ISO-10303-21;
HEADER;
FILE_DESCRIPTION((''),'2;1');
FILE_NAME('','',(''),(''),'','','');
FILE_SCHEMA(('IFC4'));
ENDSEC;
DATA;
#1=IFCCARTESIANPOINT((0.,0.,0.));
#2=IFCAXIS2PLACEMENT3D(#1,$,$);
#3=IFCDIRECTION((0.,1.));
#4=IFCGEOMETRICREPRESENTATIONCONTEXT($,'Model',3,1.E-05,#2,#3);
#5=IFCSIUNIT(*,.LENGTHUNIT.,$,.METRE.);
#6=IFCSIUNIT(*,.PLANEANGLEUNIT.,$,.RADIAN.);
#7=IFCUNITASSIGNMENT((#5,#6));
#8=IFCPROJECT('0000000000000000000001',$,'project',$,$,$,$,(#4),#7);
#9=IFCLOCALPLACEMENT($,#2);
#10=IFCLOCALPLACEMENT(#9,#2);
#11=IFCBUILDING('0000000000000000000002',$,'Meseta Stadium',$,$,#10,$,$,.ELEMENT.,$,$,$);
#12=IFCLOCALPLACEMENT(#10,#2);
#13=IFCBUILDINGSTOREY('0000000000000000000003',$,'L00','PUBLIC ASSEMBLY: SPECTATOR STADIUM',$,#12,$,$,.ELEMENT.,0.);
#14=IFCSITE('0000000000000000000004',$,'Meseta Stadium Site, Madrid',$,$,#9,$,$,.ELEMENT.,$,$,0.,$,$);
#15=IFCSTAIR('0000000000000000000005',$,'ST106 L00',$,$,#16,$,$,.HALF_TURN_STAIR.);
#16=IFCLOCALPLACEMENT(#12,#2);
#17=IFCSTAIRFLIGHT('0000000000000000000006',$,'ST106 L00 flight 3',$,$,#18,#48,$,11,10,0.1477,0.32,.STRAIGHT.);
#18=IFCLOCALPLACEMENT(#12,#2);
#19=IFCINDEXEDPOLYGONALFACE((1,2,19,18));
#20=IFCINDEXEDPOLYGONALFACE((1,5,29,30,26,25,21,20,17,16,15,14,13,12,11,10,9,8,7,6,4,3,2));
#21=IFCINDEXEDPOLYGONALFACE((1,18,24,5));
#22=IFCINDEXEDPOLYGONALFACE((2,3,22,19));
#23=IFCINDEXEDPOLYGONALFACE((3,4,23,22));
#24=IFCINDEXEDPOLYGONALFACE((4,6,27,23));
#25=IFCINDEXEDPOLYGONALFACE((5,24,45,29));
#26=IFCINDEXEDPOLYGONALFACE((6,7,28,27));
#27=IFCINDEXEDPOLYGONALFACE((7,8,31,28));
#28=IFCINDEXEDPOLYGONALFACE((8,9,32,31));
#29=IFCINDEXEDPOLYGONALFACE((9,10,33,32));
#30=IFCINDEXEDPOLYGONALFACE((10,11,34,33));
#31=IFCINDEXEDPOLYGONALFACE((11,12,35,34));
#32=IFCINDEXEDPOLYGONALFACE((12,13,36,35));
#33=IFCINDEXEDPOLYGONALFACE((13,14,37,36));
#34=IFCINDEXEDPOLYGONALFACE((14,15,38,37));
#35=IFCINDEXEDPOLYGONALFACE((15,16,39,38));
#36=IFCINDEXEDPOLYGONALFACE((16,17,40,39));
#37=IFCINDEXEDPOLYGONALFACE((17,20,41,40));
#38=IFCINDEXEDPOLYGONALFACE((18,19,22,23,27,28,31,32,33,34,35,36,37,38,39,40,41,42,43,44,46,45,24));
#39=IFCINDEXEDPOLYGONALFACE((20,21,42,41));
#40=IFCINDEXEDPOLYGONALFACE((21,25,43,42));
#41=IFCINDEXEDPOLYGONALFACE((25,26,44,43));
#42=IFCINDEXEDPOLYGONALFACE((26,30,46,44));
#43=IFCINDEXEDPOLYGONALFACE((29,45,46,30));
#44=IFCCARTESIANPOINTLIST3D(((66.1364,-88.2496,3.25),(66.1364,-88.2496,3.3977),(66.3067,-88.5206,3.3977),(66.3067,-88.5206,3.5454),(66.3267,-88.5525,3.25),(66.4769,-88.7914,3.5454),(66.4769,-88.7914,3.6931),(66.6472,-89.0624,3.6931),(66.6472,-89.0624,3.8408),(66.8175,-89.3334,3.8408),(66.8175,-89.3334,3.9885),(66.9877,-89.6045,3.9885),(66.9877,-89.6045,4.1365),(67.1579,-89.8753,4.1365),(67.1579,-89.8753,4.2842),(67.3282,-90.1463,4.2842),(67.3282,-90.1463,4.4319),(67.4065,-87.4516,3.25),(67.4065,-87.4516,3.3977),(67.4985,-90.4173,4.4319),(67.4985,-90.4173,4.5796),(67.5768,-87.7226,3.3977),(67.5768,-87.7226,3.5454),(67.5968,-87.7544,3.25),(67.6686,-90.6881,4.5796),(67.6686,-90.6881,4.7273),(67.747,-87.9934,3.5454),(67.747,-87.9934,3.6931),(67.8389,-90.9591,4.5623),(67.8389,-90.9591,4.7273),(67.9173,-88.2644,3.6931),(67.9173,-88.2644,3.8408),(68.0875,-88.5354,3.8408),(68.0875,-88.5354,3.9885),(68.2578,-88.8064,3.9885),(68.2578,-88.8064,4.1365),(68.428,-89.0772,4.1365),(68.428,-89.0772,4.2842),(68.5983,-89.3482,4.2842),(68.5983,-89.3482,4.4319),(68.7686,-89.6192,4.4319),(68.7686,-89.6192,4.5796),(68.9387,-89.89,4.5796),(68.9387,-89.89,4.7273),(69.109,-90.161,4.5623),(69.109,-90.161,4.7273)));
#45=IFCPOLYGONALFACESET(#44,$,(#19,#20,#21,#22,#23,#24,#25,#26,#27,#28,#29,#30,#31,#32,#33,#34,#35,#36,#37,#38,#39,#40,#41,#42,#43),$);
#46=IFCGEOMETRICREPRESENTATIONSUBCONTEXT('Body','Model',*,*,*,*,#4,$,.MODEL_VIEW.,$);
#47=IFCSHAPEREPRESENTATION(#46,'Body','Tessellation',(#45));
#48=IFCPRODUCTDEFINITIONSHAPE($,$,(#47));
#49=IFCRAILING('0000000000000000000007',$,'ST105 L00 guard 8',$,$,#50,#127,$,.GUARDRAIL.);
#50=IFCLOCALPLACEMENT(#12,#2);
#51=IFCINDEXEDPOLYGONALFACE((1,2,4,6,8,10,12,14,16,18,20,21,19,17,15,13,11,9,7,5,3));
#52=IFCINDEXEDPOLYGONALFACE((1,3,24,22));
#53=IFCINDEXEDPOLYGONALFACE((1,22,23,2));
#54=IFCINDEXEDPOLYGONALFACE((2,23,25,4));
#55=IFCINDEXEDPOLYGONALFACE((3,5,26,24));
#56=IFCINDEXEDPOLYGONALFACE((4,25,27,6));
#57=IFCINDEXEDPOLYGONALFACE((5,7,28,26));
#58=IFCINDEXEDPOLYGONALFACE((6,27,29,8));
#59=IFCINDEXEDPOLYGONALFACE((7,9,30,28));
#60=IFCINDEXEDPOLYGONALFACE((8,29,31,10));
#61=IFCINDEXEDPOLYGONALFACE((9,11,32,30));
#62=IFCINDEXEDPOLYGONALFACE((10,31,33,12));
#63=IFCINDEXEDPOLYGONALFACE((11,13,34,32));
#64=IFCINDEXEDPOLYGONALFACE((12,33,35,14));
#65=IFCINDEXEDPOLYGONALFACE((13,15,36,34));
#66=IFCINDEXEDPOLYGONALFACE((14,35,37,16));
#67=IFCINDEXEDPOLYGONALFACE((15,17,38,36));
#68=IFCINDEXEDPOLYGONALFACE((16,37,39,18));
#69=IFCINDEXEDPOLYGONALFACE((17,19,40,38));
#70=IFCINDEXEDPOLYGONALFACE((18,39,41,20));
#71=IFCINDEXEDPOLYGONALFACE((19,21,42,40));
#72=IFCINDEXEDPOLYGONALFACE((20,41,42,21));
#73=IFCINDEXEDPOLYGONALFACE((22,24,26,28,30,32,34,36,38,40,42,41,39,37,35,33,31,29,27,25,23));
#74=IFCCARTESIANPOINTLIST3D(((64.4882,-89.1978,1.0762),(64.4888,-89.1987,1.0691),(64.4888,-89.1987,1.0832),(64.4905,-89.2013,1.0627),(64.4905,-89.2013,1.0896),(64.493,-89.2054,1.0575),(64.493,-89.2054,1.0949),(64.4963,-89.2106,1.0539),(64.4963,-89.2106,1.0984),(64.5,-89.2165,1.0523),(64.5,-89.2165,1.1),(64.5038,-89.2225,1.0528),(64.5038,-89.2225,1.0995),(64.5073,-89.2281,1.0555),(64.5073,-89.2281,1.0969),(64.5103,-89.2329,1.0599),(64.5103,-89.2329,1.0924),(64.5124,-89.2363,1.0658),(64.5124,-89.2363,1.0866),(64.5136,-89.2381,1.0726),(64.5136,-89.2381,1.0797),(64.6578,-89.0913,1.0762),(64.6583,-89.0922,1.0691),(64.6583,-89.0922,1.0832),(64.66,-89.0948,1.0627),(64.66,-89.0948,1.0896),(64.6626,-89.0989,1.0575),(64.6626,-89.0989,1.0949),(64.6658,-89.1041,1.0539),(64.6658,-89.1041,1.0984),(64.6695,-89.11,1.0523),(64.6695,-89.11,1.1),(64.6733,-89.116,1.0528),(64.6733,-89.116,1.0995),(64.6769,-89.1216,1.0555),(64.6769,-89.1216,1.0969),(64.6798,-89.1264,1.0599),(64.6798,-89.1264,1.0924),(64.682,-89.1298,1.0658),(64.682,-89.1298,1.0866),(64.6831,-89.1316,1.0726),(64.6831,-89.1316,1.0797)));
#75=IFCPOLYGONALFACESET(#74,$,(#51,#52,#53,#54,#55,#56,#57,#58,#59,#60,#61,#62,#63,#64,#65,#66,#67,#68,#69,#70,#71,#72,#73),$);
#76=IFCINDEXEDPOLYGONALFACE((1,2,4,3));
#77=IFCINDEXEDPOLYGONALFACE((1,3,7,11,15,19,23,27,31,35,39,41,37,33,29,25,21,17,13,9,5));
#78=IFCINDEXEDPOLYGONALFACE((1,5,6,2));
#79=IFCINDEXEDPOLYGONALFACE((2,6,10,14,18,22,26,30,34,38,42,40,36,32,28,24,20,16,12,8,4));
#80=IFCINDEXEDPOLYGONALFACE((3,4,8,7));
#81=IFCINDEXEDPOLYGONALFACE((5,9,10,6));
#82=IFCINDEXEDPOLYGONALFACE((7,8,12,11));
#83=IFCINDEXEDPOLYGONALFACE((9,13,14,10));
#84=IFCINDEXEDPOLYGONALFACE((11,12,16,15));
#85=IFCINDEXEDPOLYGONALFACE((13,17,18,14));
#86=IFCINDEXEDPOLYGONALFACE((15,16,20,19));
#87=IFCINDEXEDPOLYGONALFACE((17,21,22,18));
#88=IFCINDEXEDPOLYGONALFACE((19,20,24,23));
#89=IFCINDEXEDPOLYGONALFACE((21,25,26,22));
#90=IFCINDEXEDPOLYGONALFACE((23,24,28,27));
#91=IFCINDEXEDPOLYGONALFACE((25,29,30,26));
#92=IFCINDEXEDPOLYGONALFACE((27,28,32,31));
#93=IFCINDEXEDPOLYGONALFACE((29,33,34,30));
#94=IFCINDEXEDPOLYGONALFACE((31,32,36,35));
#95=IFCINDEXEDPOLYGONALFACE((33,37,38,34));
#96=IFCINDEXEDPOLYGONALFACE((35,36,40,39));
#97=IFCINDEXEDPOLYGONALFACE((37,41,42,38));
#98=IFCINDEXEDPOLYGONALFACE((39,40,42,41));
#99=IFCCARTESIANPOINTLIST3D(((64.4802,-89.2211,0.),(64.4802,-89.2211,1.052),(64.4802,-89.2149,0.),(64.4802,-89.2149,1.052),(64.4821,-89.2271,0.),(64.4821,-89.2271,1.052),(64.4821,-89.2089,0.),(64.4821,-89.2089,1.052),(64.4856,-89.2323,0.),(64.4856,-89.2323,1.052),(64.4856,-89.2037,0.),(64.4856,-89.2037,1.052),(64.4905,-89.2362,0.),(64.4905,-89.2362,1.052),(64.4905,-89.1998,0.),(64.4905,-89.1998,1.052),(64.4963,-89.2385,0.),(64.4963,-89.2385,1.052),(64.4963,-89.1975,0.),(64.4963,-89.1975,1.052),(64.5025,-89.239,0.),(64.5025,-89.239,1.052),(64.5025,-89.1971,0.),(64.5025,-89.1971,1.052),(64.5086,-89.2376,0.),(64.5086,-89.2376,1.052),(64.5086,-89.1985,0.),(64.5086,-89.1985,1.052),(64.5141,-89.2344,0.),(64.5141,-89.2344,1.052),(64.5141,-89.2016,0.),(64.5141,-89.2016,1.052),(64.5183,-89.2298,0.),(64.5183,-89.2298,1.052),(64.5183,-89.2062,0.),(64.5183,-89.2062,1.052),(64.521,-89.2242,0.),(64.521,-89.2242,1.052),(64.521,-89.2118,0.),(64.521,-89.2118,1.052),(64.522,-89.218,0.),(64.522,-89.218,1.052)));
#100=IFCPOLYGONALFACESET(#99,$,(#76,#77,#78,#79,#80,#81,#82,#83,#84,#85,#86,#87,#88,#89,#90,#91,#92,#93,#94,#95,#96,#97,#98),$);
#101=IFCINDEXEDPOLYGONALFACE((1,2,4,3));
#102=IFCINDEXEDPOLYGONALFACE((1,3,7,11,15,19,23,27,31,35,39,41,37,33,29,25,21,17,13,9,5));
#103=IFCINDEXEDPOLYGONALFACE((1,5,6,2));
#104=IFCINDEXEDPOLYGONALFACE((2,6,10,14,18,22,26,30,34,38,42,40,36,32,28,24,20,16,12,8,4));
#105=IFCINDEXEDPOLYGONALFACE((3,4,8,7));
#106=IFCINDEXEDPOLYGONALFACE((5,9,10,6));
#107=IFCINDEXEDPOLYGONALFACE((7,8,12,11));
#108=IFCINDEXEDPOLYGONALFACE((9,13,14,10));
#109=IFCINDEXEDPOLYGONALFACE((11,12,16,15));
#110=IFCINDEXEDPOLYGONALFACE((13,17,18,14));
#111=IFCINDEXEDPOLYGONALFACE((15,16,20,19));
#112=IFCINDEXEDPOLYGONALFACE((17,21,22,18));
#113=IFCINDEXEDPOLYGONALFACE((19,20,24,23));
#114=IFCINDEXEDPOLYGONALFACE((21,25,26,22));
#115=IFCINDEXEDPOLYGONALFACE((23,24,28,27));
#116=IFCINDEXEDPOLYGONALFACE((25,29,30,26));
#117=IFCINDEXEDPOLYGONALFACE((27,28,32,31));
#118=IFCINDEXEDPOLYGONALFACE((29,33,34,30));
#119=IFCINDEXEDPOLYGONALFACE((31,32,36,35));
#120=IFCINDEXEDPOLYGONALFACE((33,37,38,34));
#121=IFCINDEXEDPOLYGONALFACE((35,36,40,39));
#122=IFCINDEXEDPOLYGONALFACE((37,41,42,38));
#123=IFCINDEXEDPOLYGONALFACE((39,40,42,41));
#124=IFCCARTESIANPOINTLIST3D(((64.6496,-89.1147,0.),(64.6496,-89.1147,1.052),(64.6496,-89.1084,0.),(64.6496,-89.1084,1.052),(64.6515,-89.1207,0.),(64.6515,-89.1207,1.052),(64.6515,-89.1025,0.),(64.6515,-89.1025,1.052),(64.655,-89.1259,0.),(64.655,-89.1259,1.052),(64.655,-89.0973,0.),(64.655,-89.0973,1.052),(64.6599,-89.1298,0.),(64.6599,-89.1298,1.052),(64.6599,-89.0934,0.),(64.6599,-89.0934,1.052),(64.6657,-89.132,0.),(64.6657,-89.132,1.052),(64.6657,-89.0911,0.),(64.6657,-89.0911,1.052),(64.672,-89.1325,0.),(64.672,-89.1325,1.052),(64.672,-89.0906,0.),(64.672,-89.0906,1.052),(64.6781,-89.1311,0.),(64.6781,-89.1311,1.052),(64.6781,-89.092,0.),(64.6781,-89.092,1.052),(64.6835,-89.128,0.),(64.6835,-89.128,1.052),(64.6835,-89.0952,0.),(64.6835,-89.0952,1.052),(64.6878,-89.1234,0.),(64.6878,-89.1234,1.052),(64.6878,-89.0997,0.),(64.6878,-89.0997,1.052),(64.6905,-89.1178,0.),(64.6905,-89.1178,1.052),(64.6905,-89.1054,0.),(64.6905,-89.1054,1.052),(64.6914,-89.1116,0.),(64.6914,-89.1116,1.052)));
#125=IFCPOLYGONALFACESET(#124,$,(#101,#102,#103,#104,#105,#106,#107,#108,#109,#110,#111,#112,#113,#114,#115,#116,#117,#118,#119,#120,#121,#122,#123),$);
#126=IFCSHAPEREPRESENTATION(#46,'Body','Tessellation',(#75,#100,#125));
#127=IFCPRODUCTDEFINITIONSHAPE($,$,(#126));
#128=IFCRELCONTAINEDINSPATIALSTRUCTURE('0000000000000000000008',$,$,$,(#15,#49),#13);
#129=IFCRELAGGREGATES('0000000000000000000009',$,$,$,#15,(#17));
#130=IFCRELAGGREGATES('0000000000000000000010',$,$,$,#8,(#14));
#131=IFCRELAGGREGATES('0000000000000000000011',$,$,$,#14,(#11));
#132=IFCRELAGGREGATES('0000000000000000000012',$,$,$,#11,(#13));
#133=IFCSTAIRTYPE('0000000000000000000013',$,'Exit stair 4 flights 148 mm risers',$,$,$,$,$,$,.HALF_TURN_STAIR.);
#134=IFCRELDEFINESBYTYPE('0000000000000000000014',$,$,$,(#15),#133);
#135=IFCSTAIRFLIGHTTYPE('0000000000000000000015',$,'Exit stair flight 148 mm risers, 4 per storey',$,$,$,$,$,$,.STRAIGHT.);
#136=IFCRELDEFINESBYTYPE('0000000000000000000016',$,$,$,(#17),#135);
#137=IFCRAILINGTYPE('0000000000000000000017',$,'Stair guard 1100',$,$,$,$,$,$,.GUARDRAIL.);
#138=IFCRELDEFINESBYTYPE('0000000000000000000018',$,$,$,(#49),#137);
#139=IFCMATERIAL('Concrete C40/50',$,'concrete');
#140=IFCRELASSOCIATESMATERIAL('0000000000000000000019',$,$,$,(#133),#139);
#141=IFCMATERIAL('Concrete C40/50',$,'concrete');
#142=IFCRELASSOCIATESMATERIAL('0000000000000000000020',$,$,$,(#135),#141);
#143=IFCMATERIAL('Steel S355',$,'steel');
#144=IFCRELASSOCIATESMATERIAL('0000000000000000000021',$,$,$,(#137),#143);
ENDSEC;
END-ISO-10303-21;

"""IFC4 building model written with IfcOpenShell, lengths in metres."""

from ifc_helpers import new_model, si_unit, direction, frame, origin, origin_2d, place, context, subcontext, project, spatial, polyline, circle, outline, extrude, material, type_object, element, aggregate, save


model = new_model("IFC4")

# Units and contexts
model_context = context("Model", 3, precision=1e-05, world=origin(), true_north=direction((0.0, 1.0)))
body_context = subcontext(model_context, "Body", "Model", "MODEL_VIEW")
ifc_project = project(units=[si_unit("LENGTHUNIT", "METRE"), si_unit("PLANEANGLEUNIT", "RADIAN")], contexts=[model_context])

# Site, building, storey
site_placement = place(None, origin())
site = spatial("IfcSite", under=ifc_project, at=site_placement, Name="Meseta Stadium Site, Madrid", CompositionType="ELEMENT", RefElevation=0.0)
building_placement = place(site_placement, origin())
building = spatial("IfcBuilding", under=site, at=building_placement, Name="Meseta Stadium", CompositionType="ELEMENT")
storey_placement = place(building_placement, origin())
storey = spatial("IfcBuildingStorey", under=building, at=storey_placement, Name="L00", Description="PUBLIC ASSEMBLY: SPECTATOR STADIUM", CompositionType="ELEMENT", Elevation=0.0)

# Stair, stair flight
ifc_material_1 = material(Name="Concrete C40/50", Category="concrete")
stair_type = type_object("IfcStairType", Name="Exit stair 4 flights 148 mm risers", PredefinedType="HALF_TURN_STAIR", material=ifc_material_1)
stair_placement = place(storey_placement, origin())
stair = element("IfcStair", 1, at=stair_placement, inside=storey, type_object=stair_type, Name="ST106 L00", PredefinedType="HALF_TURN_STAIR")
ifc_material_2 = material(Name="Concrete C40/50", Category="concrete")
stair_flight_type = type_object("IfcStairFlightType", Name="Exit stair flight 148 mm risers, 4 per storey", PredefinedType="STRAIGHT", material=ifc_material_2)
stair_flight_1_placement = place(storey_placement, frame((66.7715, -87.8506, 3.25), z_axis=(0.0, 0.0, 1.0), x_axis=(0.532032, -0.846724, 0.0)))
stair_flight_1 = element("IfcStairFlight", 2, at=stair_flight_1_placement, type_object=stair_flight_type, Name="ST106 L00 flight 3", NumberOfRisers=11, NumberOfTreads=10, PredefinedType="STRAIGHT", RiserHeight=0.1477, TreadLength=0.32, context=body_context, shape_type="SweptSolid", body=[
    extrude(outline(polyline([(0.0, 0.0), (0.0, 0.1477), (0.3201, 0.1477), (0.3201, 0.2954), (0.6399, 0.2954), (0.6399, 0.4431), (0.96, 0.4431), (0.96, 0.5908), (1.28, 0.5908), (1.28, 0.7385), (1.6001, 0.7385), (1.6001, 0.8865), (1.9199, 0.8865), (1.9199, 1.0342), (2.24, 1.0342), (2.24, 1.1819), (2.5601, 1.1819), (2.5601, 1.3296), (2.8799, 1.3296), (2.8799, 1.4773), (3.2, 1.4773), (3.2, 1.3123), (0.3577, 0.0), (0.0, 0.0)])), frame((0.0, 0.75, 0.0), z_axis=(0.0, -1.0, 0.0), x_axis=(1.0, 0.0, 0.0)), (0.0, 0.0, 1.0), 1.5),
])
aggregate(stair, [stair_flight_1])

# Railing
ifc_material_3 = material(Name="Steel S355", Category="steel")
railing_type_1 = type_object("IfcRailingType", Name="Stair guard 1100", PredefinedType="GUARDRAIL", material=ifc_material_3)
railing_1_placement = place(storey_placement, frame((64.501, -89.218, 0.0)))
element("IfcRailing", 3, at=railing_1_placement, inside=storey, type_object=railing_type_1, Name="ST105 L00 guard 8", PredefinedType="GUARDRAIL", context=body_context, shape_type="SweptSolid", body=[
    extrude(circle(Radius=0.0239, at=origin_2d()), frame((0.0, 0.0, 1.0762), z_axis=(0.846762, 0.531972, 0.0), x_axis=(-0.531972, 0.846762, 0.0)), (0.0, 0.0, 1.0), 0.2002),
    extrude(circle(Radius=0.021, at=origin_2d()), origin(), (0.0, 0.0, 1.0), 1.052),
    extrude(circle(Radius=0.021, at=origin_2d()), frame((0.1694, 0.1064, 0.0)), (0.0, 0.0, 1.0), 1.052),
])

save(model, "model.ifc")
